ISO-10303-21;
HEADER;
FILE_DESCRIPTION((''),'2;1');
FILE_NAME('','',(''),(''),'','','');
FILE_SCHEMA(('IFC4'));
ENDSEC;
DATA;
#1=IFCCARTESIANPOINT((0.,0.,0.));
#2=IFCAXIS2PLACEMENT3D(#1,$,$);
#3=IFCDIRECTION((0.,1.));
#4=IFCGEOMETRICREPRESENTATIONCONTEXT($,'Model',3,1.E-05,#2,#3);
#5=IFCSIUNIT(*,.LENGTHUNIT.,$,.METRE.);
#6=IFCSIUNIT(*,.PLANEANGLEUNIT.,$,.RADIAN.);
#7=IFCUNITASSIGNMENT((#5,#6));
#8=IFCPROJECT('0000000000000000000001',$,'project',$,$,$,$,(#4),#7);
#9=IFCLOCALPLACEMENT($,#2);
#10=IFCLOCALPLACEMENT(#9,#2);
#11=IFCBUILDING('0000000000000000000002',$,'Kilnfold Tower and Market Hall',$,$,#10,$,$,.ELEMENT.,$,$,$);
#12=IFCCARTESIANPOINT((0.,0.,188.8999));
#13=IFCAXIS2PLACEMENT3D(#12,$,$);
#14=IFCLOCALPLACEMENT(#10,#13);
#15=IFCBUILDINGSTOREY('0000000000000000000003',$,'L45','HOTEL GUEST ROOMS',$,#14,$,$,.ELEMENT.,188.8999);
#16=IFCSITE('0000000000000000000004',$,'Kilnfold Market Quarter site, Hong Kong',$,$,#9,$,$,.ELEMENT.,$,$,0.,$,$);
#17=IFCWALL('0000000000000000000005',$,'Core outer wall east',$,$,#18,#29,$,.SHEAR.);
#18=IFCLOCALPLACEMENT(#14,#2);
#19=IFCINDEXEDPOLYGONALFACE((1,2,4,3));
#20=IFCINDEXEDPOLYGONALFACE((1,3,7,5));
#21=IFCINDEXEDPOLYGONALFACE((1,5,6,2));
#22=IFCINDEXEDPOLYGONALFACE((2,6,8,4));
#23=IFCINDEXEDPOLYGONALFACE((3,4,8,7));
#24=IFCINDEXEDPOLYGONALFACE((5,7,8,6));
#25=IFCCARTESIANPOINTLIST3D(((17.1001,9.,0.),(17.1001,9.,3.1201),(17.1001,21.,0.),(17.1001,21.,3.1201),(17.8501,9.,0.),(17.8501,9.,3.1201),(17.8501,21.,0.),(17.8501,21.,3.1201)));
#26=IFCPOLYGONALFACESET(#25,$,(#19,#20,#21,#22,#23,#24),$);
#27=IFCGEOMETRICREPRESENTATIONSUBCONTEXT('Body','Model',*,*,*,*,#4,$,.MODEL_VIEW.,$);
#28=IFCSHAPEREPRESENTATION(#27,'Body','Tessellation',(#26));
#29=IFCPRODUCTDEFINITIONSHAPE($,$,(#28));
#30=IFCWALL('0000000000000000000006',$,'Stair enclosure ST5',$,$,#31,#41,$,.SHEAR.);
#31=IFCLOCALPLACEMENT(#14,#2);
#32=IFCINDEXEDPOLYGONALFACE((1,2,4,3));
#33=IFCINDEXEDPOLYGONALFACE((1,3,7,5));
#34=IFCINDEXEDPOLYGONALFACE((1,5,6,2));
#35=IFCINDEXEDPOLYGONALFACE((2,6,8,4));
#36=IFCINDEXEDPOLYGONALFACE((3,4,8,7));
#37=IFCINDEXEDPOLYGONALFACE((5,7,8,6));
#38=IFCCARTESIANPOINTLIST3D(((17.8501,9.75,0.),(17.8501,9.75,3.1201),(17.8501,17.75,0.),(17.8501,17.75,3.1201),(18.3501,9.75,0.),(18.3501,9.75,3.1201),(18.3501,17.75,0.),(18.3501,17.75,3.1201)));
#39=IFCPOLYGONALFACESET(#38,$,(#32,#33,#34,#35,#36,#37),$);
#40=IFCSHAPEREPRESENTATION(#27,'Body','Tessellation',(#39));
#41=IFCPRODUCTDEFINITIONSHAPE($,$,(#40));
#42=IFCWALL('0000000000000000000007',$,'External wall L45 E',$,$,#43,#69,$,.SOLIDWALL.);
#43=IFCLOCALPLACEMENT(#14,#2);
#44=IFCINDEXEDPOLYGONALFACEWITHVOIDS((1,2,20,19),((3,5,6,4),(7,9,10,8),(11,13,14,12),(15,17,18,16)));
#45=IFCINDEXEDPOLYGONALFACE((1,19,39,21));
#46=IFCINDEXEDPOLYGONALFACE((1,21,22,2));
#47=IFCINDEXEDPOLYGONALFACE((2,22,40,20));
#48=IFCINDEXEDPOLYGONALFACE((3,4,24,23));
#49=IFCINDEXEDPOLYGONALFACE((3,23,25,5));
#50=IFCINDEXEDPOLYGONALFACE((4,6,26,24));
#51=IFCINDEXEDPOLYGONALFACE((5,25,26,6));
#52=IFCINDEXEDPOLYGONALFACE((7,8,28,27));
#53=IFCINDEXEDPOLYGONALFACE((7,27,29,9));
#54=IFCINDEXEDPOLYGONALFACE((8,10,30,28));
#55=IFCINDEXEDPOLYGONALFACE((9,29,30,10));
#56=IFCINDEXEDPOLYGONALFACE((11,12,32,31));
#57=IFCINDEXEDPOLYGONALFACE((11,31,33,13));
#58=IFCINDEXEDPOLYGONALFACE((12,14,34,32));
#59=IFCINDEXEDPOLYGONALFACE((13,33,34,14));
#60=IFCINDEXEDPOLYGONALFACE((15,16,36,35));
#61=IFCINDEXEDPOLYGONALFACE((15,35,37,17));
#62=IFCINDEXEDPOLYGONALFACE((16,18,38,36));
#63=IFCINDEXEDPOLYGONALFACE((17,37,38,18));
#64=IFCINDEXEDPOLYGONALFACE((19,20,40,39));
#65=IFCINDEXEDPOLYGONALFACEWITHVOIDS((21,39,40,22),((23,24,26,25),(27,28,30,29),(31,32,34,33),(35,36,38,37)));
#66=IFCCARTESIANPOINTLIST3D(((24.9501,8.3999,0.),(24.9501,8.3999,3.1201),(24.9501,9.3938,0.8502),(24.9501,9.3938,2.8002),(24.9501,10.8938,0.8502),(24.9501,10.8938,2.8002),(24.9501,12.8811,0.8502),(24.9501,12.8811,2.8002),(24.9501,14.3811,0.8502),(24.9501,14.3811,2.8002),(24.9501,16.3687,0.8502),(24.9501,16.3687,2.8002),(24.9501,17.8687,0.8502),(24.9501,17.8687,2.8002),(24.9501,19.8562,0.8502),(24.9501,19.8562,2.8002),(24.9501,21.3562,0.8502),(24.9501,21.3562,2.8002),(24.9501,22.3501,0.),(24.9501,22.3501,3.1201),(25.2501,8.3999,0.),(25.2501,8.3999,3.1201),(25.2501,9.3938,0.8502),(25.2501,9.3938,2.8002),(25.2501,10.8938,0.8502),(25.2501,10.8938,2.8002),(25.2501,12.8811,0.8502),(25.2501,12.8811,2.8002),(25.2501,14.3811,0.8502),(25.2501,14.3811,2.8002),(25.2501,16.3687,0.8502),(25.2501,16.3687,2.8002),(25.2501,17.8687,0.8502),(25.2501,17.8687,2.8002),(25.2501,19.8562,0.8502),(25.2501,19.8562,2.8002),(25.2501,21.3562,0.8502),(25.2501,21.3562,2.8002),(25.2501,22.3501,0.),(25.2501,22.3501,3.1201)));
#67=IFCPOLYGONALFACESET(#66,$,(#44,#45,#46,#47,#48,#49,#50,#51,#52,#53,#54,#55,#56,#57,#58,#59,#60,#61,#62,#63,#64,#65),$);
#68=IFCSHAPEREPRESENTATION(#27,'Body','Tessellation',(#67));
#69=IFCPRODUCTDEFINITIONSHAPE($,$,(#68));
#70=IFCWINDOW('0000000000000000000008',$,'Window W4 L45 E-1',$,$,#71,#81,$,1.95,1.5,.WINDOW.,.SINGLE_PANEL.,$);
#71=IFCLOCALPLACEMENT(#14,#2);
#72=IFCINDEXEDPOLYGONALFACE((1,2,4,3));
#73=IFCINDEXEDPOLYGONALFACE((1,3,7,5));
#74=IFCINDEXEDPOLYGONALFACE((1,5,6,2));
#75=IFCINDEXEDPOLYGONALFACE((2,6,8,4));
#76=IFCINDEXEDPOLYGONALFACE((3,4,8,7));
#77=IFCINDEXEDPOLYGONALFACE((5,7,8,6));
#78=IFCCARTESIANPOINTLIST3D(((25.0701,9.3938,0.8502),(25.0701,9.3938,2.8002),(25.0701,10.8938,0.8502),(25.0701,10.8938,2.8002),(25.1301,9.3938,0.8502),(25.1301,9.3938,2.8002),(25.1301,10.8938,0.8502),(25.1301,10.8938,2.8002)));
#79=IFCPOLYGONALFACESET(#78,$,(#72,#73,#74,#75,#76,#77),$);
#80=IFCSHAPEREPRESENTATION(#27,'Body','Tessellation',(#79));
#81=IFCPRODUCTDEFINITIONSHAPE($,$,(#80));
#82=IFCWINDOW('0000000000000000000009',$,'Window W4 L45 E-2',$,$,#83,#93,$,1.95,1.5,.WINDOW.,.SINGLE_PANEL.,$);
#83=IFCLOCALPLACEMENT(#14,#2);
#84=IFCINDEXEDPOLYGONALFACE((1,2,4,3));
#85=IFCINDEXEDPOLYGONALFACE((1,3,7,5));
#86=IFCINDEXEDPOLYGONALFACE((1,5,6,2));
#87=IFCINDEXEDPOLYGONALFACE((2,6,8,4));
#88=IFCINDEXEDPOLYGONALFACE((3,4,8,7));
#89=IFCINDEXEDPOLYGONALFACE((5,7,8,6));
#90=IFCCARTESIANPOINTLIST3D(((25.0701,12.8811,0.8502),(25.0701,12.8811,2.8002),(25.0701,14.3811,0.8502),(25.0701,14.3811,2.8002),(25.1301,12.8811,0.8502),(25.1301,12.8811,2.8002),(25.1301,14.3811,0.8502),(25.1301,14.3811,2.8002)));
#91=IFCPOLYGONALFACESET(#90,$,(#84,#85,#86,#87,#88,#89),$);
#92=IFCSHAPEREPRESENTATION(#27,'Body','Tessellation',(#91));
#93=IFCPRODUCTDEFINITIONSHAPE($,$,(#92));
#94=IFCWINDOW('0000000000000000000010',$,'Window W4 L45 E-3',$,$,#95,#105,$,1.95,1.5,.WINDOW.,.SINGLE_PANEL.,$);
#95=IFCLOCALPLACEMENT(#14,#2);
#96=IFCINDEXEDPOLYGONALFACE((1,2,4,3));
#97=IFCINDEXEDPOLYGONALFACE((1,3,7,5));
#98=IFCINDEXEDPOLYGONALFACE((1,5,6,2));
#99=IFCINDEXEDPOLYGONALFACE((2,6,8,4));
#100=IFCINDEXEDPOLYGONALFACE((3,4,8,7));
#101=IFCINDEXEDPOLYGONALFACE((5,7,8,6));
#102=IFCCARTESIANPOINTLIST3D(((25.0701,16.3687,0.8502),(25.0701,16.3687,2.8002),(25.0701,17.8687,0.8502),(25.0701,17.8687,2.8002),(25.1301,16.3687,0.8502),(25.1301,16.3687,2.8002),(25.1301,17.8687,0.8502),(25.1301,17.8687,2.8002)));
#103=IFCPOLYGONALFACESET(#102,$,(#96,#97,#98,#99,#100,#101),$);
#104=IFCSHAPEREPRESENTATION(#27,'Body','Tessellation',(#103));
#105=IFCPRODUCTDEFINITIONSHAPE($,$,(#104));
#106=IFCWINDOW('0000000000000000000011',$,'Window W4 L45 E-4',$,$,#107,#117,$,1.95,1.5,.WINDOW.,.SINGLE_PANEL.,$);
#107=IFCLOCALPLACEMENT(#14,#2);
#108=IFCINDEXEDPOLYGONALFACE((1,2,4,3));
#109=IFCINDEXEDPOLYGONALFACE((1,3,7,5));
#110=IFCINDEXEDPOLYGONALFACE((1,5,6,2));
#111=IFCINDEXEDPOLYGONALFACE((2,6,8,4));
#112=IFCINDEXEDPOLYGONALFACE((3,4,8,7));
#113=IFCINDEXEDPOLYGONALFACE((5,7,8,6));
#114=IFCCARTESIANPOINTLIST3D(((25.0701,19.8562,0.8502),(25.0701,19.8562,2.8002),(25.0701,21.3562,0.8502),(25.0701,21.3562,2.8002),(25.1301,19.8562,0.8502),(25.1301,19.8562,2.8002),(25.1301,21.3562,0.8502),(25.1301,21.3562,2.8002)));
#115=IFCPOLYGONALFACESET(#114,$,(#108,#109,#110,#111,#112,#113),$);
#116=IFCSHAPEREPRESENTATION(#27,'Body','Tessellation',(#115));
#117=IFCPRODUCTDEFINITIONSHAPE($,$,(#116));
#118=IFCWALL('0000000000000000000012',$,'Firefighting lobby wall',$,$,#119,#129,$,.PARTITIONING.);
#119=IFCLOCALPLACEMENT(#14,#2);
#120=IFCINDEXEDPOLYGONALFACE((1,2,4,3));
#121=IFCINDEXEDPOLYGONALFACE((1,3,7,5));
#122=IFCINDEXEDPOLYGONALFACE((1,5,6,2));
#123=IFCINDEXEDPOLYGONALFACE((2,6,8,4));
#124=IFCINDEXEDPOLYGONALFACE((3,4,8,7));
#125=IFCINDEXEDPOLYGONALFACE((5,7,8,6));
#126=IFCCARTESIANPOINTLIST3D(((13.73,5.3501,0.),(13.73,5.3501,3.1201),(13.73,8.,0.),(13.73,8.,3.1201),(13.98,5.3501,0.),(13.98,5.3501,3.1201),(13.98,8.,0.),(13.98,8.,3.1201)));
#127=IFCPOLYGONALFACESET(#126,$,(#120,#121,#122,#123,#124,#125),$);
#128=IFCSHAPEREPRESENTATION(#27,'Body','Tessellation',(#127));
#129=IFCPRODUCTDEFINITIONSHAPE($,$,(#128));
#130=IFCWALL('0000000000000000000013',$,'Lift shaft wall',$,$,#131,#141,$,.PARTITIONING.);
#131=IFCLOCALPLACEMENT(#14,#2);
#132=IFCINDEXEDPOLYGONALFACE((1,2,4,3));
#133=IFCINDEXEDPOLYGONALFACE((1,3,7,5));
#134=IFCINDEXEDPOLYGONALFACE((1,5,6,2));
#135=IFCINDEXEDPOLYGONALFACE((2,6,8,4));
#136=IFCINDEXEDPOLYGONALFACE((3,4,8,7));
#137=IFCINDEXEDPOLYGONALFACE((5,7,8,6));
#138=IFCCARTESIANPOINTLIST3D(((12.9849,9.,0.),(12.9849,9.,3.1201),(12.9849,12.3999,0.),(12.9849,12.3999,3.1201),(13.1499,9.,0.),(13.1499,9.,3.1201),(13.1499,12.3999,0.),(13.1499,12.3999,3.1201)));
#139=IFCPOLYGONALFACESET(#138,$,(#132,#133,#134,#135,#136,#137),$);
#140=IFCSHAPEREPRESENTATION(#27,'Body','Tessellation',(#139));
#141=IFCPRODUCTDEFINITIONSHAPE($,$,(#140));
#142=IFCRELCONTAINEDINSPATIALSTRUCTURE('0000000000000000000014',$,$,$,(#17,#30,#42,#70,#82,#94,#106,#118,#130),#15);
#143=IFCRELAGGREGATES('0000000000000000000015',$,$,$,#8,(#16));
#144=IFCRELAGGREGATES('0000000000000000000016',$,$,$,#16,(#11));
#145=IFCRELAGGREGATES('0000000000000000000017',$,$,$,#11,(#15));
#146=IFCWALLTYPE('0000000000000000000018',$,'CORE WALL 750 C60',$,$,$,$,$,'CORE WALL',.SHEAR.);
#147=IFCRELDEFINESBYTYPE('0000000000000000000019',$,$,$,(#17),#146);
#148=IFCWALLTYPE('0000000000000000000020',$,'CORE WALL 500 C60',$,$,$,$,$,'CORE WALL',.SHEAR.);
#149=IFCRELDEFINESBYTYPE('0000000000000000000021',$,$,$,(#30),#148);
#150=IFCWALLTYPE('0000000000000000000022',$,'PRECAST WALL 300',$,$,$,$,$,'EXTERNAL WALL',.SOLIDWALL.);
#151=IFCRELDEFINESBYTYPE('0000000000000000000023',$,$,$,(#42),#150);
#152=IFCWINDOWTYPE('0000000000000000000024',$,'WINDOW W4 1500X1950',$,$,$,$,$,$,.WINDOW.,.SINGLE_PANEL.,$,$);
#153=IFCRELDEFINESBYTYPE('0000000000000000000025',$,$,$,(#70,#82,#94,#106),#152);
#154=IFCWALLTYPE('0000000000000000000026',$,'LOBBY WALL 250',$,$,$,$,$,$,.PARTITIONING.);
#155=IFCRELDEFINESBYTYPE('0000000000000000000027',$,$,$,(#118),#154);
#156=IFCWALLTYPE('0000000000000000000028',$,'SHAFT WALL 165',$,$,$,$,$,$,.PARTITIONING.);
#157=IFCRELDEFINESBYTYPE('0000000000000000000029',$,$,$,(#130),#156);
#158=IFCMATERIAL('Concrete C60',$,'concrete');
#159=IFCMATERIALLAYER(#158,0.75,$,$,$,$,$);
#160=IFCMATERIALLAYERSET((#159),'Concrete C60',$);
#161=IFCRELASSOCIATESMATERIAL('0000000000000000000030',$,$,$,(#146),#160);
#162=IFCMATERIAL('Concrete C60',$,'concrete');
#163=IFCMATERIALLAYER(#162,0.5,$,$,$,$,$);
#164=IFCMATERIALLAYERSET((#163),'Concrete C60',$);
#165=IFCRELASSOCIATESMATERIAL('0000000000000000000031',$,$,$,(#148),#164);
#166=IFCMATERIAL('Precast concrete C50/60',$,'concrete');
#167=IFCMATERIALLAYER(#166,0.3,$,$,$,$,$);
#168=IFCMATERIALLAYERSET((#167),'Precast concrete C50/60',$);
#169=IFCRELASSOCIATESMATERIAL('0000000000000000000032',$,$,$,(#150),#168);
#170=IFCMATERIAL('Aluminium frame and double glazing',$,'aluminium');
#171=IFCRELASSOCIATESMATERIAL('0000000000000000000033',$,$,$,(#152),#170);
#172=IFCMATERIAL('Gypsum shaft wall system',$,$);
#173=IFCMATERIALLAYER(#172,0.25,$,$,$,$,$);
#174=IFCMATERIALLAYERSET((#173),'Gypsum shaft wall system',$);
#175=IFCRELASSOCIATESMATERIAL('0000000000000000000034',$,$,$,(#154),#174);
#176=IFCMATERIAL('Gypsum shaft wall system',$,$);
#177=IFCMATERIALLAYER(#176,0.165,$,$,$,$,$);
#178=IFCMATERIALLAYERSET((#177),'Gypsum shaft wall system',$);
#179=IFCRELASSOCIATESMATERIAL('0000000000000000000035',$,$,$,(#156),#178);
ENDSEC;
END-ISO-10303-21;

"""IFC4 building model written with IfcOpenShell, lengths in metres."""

from ifc_helpers import new_model, si_unit, direction, frame, frame_2d, origin, place, context, subcontext, project, spatial, rectangle, extrude, source, transform, mapped, material, layer, layer_set, type_object, element, fill, save


model = new_model("IFC4")

# Units and contexts
model_context = context("Model", 3, precision=1e-05, world=origin(), true_north=direction((0.0, 1.0)))
body_context = subcontext(model_context, "Body", "Model", "MODEL_VIEW")
ifc_project = project(units=[si_unit("LENGTHUNIT", "METRE"), si_unit("PLANEANGLEUNIT", "RADIAN")], contexts=[model_context])

# Site, building, storey
site_placement = place(None, origin())
site = spatial("IfcSite", under=ifc_project, at=site_placement, Name="Kilnfold Market Quarter site, Hong Kong", CompositionType="ELEMENT", RefElevation=0.0)
building_placement = place(site_placement, origin())
building = spatial("IfcBuilding", under=site, at=building_placement, Name="Kilnfold Tower and Market Hall", CompositionType="ELEMENT")
storey_placement = place(building_placement, frame((0.0, 0.0, 188.8999)))
storey = spatial("IfcBuildingStorey", under=building, at=storey_placement, Name="L45", Description="HOTEL GUEST ROOMS", CompositionType="ELEMENT", Elevation=188.8999)

# Walls
ifc_material_1 = material(Name="Concrete C60", Category="concrete")
ifc_layer_1 = layer(ifc_material_1, 0.75)
ifc_layer_set_1 = layer_set([ifc_layer_1], Name="Concrete C60")
wall_type_1 = type_object("IfcWallType", Name="CORE WALL 750 C60", ElementType="CORE WALL", PredefinedType="SHEAR", material=ifc_layer_set_1)
shared_shape_1 = source(origin(), body_context, "Body", "SweptSolid", [
    extrude(rectangle(XDim=12.0, YDim=0.75, at=frame_2d((6.0, 0.0))), origin(), (0.0, 0.0, 1.0), 3.1201),
])
wall_1_placement = place(storey_placement, frame((17.4751, 9.0, 0.0), z_axis=(0.0, 0.0, 1.0), x_axis=(0.0, 1.0, 0.0)))
element("IfcWall", 1, at=wall_1_placement, inside=storey, type_object=wall_type_1, Name="Core outer wall east", PredefinedType="SHEAR", context=body_context, shape_type="MappedRepresentation", body=[
    mapped(shared_shape_1, transform((0.0, 0.0, 0.0))),
])
ifc_material_2 = material(Name="Concrete C60", Category="concrete")
ifc_layer_2 = layer(ifc_material_2, 0.5)
ifc_layer_set_2 = layer_set([ifc_layer_2], Name="Concrete C60")
wall_type_2 = type_object("IfcWallType", Name="CORE WALL 500 C60", ElementType="CORE WALL", PredefinedType="SHEAR", material=ifc_layer_set_2)
shared_shape_2 = source(origin(), body_context, "Body", "SweptSolid", [
    extrude(rectangle(XDim=8.0, YDim=0.5, at=frame_2d((4.0, 0.0))), origin(), (0.0, 0.0, 1.0), 3.1201),
])
wall_2_placement = place(storey_placement, frame((18.1001, 9.75, 0.0), z_axis=(0.0, 0.0, 1.0), x_axis=(0.0, 1.0, 0.0)))
element("IfcWall", 2, at=wall_2_placement, inside=storey, type_object=wall_type_2, Name="Stair enclosure ST5", PredefinedType="SHEAR", context=body_context, shape_type="MappedRepresentation", body=[
    mapped(shared_shape_2, transform((0.0, 0.0, 0.0))),
])

# Wall, openings, windows
ifc_material_3 = material(Name="Precast concrete C50/60", Category="concrete")
ifc_layer_3 = layer(ifc_material_3, 0.3)
ifc_layer_set_3 = layer_set([ifc_layer_3], Name="Precast concrete C50/60")
wall_type_3 = type_object("IfcWallType", Name="PRECAST WALL 300", ElementType="EXTERNAL WALL", PredefinedType="SOLIDWALL", material=ifc_layer_set_3)
shared_shape_3 = source(origin(), body_context, "Body", "SweptSolid", [
    extrude(rectangle(XDim=13.9502, YDim=0.3, at=frame_2d((6.9751, 0.0))), origin(), (0.0, 0.0, 1.0), 3.1201),
])
wall_3_placement = place(storey_placement, frame((25.1001, 8.3999, 0.0), z_axis=(0.0, 0.0, 1.0), x_axis=(0.0, 1.0, 0.0)))
wall_3 = element("IfcWall", 3, at=wall_3_placement, inside=storey, type_object=wall_type_3, Name="External wall L45 E", PredefinedType="SOLIDWALL", context=body_context, shape_type="MappedRepresentation", body=[
    mapped(shared_shape_3, transform((0.0, 0.0, 0.0))),
])
opening_1_placement = place(wall_3_placement, frame((0.9939, 0.0, 0.8501)))
opening_1 = element("IfcOpeningElement", 4, at=opening_1_placement, cuts=wall_3, PredefinedType="OPENING", context=body_context, shape_type="SweptSolid", body=[
    extrude(rectangle(XDim=1.5, YDim=1.95, at=frame_2d((0.75, 0.9751))), frame((0.0, 0.1602, 0.0), z_axis=(0.0, -1.0, 0.0), x_axis=(1.0, 0.0, 0.0)), (0.0, 0.0, 1.0), 0.3201),
])
opening_2_placement = place(wall_3_placement, frame((4.4812, 0.0, 0.8501)))
opening_2 = element("IfcOpeningElement", 5, at=opening_2_placement, cuts=wall_3, PredefinedType="OPENING", context=body_context, shape_type="SweptSolid", body=[
    extrude(rectangle(XDim=1.5, YDim=1.95, at=frame_2d((0.75, 0.9751))), frame((0.0, 0.1602, 0.0), z_axis=(0.0, -1.0, 0.0), x_axis=(1.0, 0.0, 0.0)), (0.0, 0.0, 1.0), 0.3201),
])
opening_3_placement = place(wall_3_placement, frame((7.9688, 0.0, 0.8501)))
opening_3 = element("IfcOpeningElement", 6, at=opening_3_placement, cuts=wall_3, PredefinedType="OPENING", context=body_context, shape_type="SweptSolid", body=[
    extrude(rectangle(XDim=1.5, YDim=1.95, at=frame_2d((0.75, 0.9751))), frame((0.0, 0.1602, 0.0), z_axis=(0.0, -1.0, 0.0), x_axis=(1.0, 0.0, 0.0)), (0.0, 0.0, 1.0), 0.3201),
])
opening_4_placement = place(wall_3_placement, frame((11.4563, 0.0, 0.8501)))
opening_4 = element("IfcOpeningElement", 7, at=opening_4_placement, cuts=wall_3, PredefinedType="OPENING", context=body_context, shape_type="SweptSolid", body=[
    extrude(rectangle(XDim=1.5, YDim=1.95, at=frame_2d((0.75, 0.9751))), frame((0.0, 0.1602, 0.0), z_axis=(0.0, -1.0, 0.0), x_axis=(1.0, 0.0, 0.0)), (0.0, 0.0, 1.0), 0.3201),
])
ifc_material_4 = material(Name="Aluminium frame and double glazing", Category="aluminium")
window_type = type_object("IfcWindowType", Name="WINDOW W4 1500X1950", PartitioningType="SINGLE_PANEL", PredefinedType="WINDOW", material=ifc_material_4)
window_1_placement = place(opening_1_placement, origin())
window_1 = element("IfcWindow", 8, at=window_1_placement, inside=storey, type_object=window_type, Name="Window W4 L45 E-1", OverallHeight=1.95, OverallWidth=1.5, PartitioningType="SINGLE_PANEL", PredefinedType="WINDOW", context=body_context, shape_type="SweptSolid", body=[
    extrude(rectangle(XDim=1.5, YDim=1.95, at=frame_2d((0.75, 0.9751))), frame((0.0, 0.03, 0.0), z_axis=(0.0, -1.0, 0.0), x_axis=(1.0, 0.0, 0.0)), (0.0, 0.0, 1.0), 0.0601),
])
fill(opening_1, window_1)
window_2_placement = place(opening_2_placement, origin())
window_2 = element("IfcWindow", 9, at=window_2_placement, inside=storey, type_object=window_type, Name="Window W4 L45 E-2", OverallHeight=1.95, OverallWidth=1.5, PartitioningType="SINGLE_PANEL", PredefinedType="WINDOW", context=body_context, shape_type="SweptSolid", body=[
    extrude(rectangle(XDim=1.5, YDim=1.95, at=frame_2d((0.75, 0.9751))), frame((0.0, 0.03, 0.0), z_axis=(0.0, -1.0, 0.0), x_axis=(1.0, 0.0, 0.0)), (0.0, 0.0, 1.0), 0.0601),
])
fill(opening_2, window_2)
window_3_placement = place(opening_3_placement, origin())
window_3 = element("IfcWindow", 10, at=window_3_placement, inside=storey, type_object=window_type, Name="Window W4 L45 E-3", OverallHeight=1.95, OverallWidth=1.5, PartitioningType="SINGLE_PANEL", PredefinedType="WINDOW", context=body_context, shape_type="SweptSolid", body=[
    extrude(rectangle(XDim=1.5, YDim=1.95, at=frame_2d((0.75, 0.9751))), frame((0.0, 0.03, 0.0), z_axis=(0.0, -1.0, 0.0), x_axis=(1.0, 0.0, 0.0)), (0.0, 0.0, 1.0), 0.0601),
])
fill(opening_3, window_3)
window_4_placement = place(opening_4_placement, origin())
window_4 = element("IfcWindow", 11, at=window_4_placement, inside=storey, type_object=window_type, Name="Window W4 L45 E-4", OverallHeight=1.95, OverallWidth=1.5, PartitioningType="SINGLE_PANEL", PredefinedType="WINDOW", context=body_context, shape_type="SweptSolid", body=[
    extrude(rectangle(XDim=1.5, YDim=1.95, at=frame_2d((0.75, 0.9751))), frame((0.0, 0.03, 0.0), z_axis=(0.0, -1.0, 0.0), x_axis=(1.0, 0.0, 0.0)), (0.0, 0.0, 1.0), 0.0601),
])
fill(opening_4, window_4)

# Walls
ifc_material_5 = material(Name="Gypsum shaft wall system")
ifc_layer_4 = layer(ifc_material_5, 0.25)
ifc_layer_set_4 = layer_set([ifc_layer_4], Name="Gypsum shaft wall system")
wall_type_4 = type_object("IfcWallType", Name="LOBBY WALL 250", PredefinedType="PARTITIONING", material=ifc_layer_set_4)
shared_shape_4 = source(origin(), body_context, "Body", "SweptSolid", [
    extrude(rectangle(XDim=2.6499, YDim=0.25, at=frame_2d((1.325, 0.0))), origin(), (0.0, 0.0, 1.0), 3.1201),
])
wall_4_placement = place(storey_placement, frame((13.855, 5.3501, 0.0), z_axis=(0.0, 0.0, 1.0), x_axis=(0.0, 1.0, 0.0)))
element("IfcWall", 12, at=wall_4_placement, inside=storey, type_object=wall_type_4, Name="Firefighting lobby wall", PredefinedType="PARTITIONING", context=body_context, shape_type="MappedRepresentation", body=[
    mapped(shared_shape_4, transform((0.0, 0.0, 0.0))),
])
ifc_material_6 = material(Name="Gypsum shaft wall system")
ifc_layer_5 = layer(ifc_material_6, 0.165)
ifc_layer_set_5 = layer_set([ifc_layer_5], Name="Gypsum shaft wall system")
wall_type_5 = type_object("IfcWallType", Name="SHAFT WALL 165", PredefinedType="PARTITIONING", material=ifc_layer_set_5)
shared_shape_5 = source(origin(), body_context, "Body", "SweptSolid", [
    extrude(rectangle(XDim=3.3999, YDim=0.165, at=frame_2d((1.7, 0.0))), origin(), (0.0, 0.0, 1.0), 3.1201),
])
wall_5_placement = place(storey_placement, frame((13.0674, 9.0, 0.0), z_axis=(0.0, 0.0, 1.0), x_axis=(0.0, 1.0, 0.0)))
element("IfcWall", 13, at=wall_5_placement, inside=storey, type_object=wall_type_5, Name="Lift shaft wall", PredefinedType="PARTITIONING", context=body_context, shape_type="MappedRepresentation", body=[
    mapped(shared_shape_5, transform((0.0, 0.0, 0.0))),
])

save(model, "model.ifc")
